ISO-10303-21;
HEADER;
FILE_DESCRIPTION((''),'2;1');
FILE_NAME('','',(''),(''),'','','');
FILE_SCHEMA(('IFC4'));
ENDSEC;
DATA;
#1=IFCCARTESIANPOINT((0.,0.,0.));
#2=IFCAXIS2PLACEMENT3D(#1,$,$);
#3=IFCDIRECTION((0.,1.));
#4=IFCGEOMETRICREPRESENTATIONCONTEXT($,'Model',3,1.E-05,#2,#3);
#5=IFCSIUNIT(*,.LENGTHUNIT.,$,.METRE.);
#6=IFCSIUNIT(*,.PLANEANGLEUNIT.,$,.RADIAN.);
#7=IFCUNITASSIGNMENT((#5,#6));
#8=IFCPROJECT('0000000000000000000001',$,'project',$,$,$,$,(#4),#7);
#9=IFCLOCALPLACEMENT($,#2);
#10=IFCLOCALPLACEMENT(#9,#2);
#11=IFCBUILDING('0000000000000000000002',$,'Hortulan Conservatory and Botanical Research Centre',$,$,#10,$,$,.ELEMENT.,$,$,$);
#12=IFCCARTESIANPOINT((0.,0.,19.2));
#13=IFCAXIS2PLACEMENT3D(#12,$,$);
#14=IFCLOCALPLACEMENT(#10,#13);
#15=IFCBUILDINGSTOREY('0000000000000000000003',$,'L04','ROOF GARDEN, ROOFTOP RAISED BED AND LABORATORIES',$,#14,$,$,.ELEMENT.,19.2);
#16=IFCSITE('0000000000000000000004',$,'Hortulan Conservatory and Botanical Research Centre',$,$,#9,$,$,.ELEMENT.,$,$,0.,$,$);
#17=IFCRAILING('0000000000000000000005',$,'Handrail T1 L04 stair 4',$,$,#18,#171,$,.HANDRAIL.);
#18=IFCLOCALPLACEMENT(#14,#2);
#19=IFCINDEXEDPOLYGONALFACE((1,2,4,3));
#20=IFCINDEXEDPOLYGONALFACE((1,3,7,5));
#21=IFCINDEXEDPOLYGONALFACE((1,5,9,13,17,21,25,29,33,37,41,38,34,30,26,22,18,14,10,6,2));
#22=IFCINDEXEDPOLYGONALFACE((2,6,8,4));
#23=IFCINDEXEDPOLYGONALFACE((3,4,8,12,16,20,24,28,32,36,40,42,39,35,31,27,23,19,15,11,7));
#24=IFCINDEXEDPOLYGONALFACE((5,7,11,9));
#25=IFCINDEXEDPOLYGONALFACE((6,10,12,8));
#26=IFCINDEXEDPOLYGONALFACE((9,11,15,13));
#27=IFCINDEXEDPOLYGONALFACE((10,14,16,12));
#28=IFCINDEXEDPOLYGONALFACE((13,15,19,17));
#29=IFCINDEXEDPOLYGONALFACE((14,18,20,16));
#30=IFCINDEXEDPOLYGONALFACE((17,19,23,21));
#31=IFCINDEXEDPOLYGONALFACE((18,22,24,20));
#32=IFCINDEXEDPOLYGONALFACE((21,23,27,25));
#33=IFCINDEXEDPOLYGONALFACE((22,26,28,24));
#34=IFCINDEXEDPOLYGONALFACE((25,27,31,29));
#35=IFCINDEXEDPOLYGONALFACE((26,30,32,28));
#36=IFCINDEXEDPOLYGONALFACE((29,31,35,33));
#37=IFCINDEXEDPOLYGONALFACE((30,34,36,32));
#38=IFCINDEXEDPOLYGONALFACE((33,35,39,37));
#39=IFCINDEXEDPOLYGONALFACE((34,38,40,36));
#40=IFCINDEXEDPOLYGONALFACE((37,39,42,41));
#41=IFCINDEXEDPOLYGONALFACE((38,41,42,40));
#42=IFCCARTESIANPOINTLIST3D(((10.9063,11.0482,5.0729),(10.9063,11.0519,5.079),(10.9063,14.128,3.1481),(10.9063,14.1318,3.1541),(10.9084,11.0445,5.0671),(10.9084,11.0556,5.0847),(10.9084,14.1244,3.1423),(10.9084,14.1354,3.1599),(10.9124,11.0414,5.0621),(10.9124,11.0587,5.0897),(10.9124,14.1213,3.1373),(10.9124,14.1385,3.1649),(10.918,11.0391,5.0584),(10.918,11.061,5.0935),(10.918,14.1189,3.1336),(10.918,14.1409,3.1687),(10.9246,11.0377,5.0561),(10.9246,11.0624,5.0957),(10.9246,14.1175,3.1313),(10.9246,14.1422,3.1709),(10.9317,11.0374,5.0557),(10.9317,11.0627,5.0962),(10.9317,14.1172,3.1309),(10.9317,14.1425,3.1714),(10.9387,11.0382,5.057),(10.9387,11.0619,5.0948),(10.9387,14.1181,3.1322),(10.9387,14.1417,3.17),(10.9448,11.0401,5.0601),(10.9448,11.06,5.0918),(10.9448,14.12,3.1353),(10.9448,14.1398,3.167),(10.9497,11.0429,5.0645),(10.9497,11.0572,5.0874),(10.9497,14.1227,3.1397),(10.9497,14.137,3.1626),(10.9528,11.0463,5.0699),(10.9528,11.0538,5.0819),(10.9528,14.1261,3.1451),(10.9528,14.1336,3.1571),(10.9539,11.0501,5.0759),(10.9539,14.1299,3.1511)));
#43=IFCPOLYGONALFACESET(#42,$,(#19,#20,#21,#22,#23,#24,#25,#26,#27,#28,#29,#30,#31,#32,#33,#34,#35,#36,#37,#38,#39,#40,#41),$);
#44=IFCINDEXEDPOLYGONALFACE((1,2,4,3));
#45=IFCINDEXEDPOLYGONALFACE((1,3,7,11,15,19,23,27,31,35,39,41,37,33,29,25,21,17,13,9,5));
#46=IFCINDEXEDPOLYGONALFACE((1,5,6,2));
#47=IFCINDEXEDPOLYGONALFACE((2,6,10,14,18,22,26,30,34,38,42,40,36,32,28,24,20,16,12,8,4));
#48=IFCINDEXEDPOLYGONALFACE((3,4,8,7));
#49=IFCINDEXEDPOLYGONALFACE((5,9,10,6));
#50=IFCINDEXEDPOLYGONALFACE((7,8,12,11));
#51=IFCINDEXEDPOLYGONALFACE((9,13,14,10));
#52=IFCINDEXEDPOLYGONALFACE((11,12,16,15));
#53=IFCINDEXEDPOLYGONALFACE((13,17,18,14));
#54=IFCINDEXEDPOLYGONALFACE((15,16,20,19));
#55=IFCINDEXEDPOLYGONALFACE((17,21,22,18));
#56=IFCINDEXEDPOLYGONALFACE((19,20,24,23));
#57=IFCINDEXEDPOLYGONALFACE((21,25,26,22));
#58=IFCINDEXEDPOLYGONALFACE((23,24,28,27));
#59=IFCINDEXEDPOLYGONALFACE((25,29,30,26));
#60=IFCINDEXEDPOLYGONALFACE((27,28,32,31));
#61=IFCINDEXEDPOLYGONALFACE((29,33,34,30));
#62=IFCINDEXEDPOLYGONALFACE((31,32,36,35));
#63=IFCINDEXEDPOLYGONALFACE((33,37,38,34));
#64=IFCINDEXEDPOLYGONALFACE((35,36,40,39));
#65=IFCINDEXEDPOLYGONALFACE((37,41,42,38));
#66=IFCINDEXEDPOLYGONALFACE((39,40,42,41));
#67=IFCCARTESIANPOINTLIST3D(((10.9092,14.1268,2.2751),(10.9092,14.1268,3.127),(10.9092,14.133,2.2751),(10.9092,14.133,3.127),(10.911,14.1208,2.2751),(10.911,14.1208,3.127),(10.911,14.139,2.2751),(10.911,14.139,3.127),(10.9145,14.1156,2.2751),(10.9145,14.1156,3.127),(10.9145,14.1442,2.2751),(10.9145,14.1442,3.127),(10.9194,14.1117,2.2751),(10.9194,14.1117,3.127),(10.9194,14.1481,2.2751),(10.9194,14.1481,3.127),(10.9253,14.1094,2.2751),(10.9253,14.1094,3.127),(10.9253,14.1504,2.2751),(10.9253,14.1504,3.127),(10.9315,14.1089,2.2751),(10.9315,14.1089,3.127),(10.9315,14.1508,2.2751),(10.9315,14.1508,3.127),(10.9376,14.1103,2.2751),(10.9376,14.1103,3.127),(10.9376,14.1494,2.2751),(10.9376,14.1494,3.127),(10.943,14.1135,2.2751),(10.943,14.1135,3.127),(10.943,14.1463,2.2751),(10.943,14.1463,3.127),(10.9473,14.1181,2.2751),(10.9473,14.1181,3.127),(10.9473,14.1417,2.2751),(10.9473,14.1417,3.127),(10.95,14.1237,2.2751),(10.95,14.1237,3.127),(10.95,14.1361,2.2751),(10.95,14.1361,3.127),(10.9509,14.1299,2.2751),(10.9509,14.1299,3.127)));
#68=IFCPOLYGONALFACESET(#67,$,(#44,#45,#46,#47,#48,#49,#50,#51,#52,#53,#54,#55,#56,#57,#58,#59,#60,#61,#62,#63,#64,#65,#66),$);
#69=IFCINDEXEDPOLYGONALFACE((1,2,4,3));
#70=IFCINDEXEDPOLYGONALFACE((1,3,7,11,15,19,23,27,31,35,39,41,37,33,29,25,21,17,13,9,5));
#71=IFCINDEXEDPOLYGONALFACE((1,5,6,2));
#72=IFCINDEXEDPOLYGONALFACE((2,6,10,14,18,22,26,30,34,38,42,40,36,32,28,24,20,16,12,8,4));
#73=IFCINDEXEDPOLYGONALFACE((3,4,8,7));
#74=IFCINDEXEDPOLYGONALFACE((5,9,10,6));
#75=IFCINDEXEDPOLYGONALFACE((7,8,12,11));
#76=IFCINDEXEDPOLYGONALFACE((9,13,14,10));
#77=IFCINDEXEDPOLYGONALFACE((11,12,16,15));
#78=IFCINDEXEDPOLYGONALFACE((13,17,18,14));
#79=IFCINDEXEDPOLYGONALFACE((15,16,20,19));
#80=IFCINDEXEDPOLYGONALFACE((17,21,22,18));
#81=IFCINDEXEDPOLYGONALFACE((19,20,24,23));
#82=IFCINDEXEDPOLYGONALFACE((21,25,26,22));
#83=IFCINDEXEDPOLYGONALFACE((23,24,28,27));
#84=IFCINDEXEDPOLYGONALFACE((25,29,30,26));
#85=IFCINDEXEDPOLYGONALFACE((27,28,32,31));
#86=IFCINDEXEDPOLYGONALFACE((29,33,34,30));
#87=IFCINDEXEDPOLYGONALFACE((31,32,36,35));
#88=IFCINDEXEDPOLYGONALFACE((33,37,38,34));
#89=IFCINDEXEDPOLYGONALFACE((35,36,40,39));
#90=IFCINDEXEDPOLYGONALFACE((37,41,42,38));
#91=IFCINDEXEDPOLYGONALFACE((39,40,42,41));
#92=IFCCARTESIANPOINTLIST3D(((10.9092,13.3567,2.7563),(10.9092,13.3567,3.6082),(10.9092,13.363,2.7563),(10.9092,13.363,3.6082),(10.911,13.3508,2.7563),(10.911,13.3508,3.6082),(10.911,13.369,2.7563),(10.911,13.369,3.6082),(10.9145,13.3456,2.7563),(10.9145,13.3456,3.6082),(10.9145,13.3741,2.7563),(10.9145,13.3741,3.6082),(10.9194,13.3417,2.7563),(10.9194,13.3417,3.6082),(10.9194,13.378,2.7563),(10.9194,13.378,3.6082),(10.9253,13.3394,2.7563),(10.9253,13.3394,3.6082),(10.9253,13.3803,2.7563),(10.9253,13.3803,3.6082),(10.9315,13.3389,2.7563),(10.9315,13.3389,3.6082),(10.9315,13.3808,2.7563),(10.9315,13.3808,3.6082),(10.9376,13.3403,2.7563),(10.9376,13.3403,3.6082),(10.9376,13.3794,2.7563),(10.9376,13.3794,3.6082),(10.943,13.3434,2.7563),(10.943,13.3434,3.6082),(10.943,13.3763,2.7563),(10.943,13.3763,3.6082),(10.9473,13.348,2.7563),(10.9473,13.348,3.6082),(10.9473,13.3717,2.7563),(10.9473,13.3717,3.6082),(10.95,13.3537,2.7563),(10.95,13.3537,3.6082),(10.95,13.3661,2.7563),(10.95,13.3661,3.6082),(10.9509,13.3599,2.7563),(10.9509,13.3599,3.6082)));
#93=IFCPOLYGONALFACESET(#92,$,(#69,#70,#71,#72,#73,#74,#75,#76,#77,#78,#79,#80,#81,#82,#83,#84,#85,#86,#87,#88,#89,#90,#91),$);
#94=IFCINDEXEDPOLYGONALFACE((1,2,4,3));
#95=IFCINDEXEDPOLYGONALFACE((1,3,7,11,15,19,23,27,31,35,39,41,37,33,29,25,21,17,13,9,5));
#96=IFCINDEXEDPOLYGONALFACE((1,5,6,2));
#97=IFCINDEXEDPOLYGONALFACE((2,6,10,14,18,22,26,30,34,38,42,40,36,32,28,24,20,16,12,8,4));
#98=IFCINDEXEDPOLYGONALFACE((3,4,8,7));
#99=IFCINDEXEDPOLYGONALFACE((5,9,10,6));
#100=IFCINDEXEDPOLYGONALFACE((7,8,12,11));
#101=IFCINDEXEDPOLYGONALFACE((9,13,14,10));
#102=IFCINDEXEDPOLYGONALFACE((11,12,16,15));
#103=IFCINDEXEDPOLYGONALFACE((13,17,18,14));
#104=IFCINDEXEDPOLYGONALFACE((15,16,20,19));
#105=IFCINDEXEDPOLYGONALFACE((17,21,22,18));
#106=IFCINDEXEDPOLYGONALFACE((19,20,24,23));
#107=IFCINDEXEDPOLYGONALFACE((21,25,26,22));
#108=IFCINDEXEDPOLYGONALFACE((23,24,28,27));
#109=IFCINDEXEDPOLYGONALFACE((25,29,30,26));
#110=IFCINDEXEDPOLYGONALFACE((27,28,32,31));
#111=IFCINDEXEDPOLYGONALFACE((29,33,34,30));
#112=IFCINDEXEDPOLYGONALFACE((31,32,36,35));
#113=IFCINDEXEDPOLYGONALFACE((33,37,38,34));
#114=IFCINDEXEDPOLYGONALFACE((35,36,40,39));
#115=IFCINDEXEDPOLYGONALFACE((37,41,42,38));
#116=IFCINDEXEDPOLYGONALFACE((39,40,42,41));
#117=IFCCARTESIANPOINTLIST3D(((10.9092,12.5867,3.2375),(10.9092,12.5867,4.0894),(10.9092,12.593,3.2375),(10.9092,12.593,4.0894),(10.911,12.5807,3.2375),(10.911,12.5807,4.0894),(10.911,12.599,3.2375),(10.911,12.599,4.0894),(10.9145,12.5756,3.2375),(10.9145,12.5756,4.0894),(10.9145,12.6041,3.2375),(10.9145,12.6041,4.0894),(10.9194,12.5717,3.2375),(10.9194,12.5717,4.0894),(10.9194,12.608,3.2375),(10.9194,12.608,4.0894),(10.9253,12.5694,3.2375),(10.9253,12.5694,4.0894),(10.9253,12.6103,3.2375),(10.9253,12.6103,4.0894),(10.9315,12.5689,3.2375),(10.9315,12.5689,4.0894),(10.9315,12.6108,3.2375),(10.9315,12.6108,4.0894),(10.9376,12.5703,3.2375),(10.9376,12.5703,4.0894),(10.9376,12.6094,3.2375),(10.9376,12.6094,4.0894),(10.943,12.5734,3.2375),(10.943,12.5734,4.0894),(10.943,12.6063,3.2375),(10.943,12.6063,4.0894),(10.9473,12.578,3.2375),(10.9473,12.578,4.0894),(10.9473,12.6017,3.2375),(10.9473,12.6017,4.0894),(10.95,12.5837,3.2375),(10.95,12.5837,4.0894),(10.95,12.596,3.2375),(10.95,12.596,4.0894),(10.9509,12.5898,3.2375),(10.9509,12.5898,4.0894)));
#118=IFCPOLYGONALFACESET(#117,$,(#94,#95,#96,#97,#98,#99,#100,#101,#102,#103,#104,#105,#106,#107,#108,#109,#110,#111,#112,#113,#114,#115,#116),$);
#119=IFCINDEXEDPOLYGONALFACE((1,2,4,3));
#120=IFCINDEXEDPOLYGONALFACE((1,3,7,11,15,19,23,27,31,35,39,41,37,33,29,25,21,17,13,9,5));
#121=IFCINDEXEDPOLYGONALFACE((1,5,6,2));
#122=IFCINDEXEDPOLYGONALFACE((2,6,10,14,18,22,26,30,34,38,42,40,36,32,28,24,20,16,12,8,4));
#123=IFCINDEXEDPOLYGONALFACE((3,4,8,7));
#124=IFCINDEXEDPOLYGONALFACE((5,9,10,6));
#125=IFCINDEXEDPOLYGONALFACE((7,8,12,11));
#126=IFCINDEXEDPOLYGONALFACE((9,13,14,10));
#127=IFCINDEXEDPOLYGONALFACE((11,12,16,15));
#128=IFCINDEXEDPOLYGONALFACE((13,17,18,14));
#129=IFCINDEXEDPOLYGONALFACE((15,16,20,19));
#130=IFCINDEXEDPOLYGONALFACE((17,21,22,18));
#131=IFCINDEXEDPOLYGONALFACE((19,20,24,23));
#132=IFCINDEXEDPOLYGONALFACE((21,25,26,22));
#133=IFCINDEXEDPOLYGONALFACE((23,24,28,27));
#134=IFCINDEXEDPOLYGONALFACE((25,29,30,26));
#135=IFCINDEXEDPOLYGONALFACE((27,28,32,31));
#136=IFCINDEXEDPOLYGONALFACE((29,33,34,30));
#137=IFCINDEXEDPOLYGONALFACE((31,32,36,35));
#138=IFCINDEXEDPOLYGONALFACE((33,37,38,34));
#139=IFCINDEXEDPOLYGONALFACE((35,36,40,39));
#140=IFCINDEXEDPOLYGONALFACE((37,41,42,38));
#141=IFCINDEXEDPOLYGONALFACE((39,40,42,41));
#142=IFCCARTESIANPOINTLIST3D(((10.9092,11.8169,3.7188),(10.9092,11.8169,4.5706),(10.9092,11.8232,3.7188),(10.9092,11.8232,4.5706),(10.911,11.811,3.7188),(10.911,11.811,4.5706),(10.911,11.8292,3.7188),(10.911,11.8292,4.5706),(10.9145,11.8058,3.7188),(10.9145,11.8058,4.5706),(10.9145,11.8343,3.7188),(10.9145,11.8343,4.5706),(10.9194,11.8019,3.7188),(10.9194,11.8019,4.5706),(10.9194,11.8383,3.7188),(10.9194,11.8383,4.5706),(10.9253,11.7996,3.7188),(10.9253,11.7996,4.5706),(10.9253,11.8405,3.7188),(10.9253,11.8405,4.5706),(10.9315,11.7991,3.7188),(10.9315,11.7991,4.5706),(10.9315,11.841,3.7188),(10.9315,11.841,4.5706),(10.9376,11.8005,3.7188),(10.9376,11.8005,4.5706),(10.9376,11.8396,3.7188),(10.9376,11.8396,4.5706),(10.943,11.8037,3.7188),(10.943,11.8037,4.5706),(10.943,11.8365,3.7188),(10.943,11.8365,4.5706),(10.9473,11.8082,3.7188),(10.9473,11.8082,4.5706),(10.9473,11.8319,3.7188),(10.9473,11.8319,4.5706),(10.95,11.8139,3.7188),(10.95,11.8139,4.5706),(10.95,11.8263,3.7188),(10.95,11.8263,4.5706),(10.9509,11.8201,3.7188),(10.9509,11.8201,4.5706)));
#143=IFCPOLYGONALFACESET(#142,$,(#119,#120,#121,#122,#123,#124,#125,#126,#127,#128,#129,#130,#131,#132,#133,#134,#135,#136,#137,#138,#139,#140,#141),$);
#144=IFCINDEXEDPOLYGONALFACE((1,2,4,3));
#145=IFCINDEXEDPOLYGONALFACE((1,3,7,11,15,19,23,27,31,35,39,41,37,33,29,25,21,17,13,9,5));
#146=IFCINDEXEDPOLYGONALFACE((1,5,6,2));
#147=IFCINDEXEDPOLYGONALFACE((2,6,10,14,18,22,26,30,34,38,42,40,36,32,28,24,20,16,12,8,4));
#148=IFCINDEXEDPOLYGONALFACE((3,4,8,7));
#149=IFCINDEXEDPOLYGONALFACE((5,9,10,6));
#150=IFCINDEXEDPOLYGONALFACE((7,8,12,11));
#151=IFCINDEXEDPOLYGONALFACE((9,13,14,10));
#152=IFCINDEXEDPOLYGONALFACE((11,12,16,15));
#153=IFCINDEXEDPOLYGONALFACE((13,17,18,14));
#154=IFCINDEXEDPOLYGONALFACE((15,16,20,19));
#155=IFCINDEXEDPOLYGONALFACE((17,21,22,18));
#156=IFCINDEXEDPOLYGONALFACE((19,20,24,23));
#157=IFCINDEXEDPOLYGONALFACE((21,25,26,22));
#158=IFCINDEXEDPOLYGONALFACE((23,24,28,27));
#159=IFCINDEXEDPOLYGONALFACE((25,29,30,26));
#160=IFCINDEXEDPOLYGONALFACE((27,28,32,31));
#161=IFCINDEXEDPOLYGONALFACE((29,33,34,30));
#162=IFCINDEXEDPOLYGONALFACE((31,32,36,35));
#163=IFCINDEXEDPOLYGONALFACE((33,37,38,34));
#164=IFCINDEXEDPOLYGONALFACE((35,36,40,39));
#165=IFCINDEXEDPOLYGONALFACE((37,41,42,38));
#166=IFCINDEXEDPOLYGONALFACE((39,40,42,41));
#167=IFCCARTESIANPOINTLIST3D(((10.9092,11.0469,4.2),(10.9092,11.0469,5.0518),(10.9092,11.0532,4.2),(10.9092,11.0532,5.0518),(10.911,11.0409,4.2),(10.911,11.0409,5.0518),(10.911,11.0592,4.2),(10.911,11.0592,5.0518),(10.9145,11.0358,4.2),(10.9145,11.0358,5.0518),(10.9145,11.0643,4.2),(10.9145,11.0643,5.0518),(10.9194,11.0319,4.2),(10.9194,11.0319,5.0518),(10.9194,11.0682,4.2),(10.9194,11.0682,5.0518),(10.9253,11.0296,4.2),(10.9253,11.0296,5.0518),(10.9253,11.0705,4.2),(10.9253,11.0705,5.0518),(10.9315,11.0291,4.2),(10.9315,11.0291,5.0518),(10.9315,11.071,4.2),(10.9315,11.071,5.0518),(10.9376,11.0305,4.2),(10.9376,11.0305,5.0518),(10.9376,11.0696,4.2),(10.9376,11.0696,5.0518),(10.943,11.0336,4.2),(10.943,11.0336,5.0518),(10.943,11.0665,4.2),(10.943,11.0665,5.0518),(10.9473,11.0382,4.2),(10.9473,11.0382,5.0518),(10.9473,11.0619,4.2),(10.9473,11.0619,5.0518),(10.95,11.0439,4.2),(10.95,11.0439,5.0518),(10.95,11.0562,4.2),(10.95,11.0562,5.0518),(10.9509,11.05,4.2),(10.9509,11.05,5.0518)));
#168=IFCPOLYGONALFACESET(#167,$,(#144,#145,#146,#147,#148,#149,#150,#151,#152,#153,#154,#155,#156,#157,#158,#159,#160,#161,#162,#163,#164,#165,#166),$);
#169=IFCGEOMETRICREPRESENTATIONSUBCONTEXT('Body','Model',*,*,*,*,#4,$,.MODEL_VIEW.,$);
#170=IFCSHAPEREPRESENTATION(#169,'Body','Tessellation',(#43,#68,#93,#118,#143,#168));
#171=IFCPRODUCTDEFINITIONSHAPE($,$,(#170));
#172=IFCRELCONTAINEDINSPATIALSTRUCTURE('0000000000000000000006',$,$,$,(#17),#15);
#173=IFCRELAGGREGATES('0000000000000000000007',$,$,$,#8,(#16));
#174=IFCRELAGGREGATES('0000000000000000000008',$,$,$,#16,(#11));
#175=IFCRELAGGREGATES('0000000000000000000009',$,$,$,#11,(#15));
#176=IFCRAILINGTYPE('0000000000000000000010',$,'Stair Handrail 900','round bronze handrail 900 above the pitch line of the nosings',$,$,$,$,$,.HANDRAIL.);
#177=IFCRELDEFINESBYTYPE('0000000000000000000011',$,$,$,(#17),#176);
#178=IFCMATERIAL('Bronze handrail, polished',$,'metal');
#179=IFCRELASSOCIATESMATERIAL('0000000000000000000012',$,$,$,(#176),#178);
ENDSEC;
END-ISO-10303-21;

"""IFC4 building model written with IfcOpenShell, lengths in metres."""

from ifc_helpers import new_model, si_unit, direction, frame, origin, origin_2d, place, context, subcontext, project, spatial, circle, extrude, material, type_object, element, save


model = new_model("IFC4")

# Units and contexts
model_context = context("Model", 3, precision=1e-05, world=origin(), true_north=direction((0.0, 1.0)))
body_context = subcontext(model_context, "Body", "Model", "MODEL_VIEW")
ifc_project = project(units=[si_unit("LENGTHUNIT", "METRE"), si_unit("PLANEANGLEUNIT", "RADIAN")], contexts=[model_context])

# Site, building, storey
site_placement = place(None, origin())
site = spatial("IfcSite", under=ifc_project, at=site_placement, Name="Hortulan Conservatory and Botanical Research Centre", CompositionType="ELEMENT", RefElevation=0.0)
building_placement = place(site_placement, origin())
building = spatial("IfcBuilding", under=site, at=building_placement, Name="Hortulan Conservatory and Botanical Research Centre", CompositionType="ELEMENT")
storey_placement = place(building_placement, frame((0.0, 0.0, 19.2)))
storey = spatial("IfcBuildingStorey", under=building, at=storey_placement, Name="L04", Description="ROOF GARDEN, ROOFTOP RAISED BED AND LABORATORIES", CompositionType="ELEMENT", Elevation=19.2)

# Railing
ifc_material_1 = material(Name="Bronze handrail, polished", Category="metal")
railing_type_1 = type_object("IfcRailingType", Name="Stair Handrail 900", Description="round bronze handrail 900 above the pitch line of the nosings", PredefinedType="HANDRAIL", material=ifc_material_1)
for number, where, name in (
    (1, (10.9299, 14.1299, 2.2751), "Handrail T1 L04 stair 4"),
):
    element("IfcRailing", number, at=place(storey_placement, frame(where)), inside=storey, type_object=railing_type_1, Name=name, PredefinedType="HANDRAIL", context=body_context, shape_type="SweptSolid", body=[
        extrude(circle(Radius=0.0239, at=origin_2d()), frame((0.0, 0.0, 0.876), z_axis=(0.0, -0.84801, 0.529981), x_axis=(1.0, 0.0, 0.0)), (0.0, 0.0, 1.0), 3.6318),
        extrude(circle(Radius=0.021, at=origin_2d()), origin(), (0.0, 0.0, 1.0), 0.8518),
        extrude(circle(Radius=0.021, at=origin_2d()), frame((0.0, -0.77, 0.4812)), (0.0, 0.0, 1.0), 0.8518),
        extrude(circle(Radius=0.021, at=origin_2d()), frame((0.0, -1.54, 0.9624)), (0.0, 0.0, 1.0), 0.8518),
        extrude(circle(Radius=0.021, at=origin_2d()), frame((0.0, -2.3098, 1.4436)), (0.0, 0.0, 1.0), 0.8518),
        extrude(circle(Radius=0.021, at=origin_2d()), frame((0.0, -3.0798, 1.9248)), (0.0, 0.0, 1.0), 0.8518),
    ])

save(model, "model.ifc")
